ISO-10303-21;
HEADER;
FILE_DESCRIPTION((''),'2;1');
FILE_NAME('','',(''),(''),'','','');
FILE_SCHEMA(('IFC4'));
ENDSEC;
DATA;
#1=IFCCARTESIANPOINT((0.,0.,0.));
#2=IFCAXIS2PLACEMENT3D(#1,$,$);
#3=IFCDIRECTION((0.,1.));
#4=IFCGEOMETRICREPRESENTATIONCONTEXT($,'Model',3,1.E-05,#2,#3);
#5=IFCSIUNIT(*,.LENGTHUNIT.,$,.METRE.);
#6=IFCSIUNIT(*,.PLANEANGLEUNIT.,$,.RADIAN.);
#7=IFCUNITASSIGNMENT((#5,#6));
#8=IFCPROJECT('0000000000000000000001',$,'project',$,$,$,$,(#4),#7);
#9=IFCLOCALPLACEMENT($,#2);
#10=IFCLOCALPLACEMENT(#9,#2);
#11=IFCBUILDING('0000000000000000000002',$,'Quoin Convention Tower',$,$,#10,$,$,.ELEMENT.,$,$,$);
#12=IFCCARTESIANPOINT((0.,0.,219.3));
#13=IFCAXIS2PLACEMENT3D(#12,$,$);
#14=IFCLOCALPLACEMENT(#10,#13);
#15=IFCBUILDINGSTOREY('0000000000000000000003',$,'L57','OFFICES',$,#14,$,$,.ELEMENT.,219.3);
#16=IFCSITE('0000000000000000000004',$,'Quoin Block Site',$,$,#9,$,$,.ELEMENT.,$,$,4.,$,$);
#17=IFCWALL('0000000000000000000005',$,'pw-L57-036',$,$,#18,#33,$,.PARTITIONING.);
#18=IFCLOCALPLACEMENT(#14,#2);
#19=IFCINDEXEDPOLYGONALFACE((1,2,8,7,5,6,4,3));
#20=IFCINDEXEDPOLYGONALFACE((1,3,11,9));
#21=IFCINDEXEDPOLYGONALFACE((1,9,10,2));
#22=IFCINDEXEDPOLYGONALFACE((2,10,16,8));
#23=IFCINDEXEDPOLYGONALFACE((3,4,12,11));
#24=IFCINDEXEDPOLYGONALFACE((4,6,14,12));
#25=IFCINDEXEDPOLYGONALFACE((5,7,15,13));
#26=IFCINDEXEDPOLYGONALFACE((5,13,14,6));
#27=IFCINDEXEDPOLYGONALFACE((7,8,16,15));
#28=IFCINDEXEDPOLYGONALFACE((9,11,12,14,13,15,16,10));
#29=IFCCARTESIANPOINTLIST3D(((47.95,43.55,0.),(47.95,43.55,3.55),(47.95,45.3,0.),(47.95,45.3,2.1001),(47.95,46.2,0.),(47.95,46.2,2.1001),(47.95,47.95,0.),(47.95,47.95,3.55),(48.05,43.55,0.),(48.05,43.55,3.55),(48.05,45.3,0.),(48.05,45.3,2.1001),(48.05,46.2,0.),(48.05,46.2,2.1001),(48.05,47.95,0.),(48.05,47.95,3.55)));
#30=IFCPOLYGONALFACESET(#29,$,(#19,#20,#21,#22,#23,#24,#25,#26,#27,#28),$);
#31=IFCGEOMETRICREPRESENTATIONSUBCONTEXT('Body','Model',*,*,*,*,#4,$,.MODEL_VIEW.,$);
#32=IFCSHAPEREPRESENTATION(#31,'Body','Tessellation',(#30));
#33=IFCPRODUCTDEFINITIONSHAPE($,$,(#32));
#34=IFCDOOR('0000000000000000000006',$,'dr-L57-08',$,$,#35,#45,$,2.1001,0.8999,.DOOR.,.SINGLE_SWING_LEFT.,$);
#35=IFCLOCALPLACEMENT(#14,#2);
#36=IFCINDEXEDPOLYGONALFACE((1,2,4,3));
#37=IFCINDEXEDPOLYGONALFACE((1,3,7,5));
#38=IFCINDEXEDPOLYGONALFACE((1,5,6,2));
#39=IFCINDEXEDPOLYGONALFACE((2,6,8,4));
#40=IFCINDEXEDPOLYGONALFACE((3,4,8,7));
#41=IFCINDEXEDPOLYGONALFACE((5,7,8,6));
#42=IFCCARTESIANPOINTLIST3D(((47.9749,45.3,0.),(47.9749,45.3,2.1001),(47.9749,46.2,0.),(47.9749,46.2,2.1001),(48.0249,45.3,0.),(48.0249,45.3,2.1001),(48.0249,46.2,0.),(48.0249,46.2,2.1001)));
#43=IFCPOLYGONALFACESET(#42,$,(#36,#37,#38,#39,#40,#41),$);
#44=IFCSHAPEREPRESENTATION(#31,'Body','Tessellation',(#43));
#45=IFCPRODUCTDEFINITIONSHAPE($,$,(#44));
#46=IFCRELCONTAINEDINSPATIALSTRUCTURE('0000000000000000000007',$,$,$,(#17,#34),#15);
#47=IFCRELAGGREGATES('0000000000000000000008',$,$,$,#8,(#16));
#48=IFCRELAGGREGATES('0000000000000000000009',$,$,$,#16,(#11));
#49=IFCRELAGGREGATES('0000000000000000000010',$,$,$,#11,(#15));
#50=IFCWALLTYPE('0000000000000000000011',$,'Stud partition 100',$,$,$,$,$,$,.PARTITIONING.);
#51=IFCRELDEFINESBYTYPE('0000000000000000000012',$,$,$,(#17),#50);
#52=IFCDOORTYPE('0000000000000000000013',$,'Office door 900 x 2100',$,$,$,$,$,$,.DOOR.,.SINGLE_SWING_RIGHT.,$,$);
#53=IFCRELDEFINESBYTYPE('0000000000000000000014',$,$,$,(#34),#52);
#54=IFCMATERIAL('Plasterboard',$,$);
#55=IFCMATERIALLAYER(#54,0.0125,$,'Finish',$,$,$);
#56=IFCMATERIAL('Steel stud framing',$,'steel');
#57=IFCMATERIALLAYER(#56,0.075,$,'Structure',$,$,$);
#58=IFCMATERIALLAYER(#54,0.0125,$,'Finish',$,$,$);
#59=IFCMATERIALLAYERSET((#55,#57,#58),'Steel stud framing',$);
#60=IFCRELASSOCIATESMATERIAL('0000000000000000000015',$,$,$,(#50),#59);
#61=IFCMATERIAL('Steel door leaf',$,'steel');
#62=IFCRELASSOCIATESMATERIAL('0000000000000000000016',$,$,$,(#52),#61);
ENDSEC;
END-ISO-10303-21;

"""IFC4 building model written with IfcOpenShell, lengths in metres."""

from ifc_helpers import new_model, si_unit, direction, frame, frame_2d, origin, place, context, subcontext, project, spatial, rectangle, extrude, material, layer, layer_set, type_object, element, fill, save


model = new_model("IFC4")

# Units and contexts
model_context = context("Model", 3, precision=1e-05, world=origin(), true_north=direction((0.0, 1.0)))
body_context = subcontext(model_context, "Body", "Model", "MODEL_VIEW")
ifc_project = project(units=[si_unit("LENGTHUNIT", "METRE"), si_unit("PLANEANGLEUNIT", "RADIAN")], contexts=[model_context])

# Site, building, storey
site_placement = place(None, origin())
site = spatial("IfcSite", under=ifc_project, at=site_placement, Name="Quoin Block Site", CompositionType="ELEMENT", RefElevation=4.0)
building_placement = place(site_placement, origin())
building = spatial("IfcBuilding", under=site, at=building_placement, Name="Quoin Convention Tower", CompositionType="ELEMENT")
storey_placement = place(building_placement, frame((0.0, 0.0, 219.3)))
storey = spatial("IfcBuildingStorey", under=building, at=storey_placement, Name="L57", Description="OFFICES", CompositionType="ELEMENT", Elevation=219.3)

# Shared definitions
ifc_material_1 = material(Name="Plasterboard")
ifc_material_2 = material(Name="Steel stud framing", Category="steel")
ifc_material_3 = material(Name="Steel door leaf", Category="steel")

# Shared definitions
ifc_layer_1 = layer(ifc_material_1, 0.0125, Name="Finish")
ifc_layer_2 = layer(ifc_material_2, 0.075, Name="Structure")
ifc_layer_3 = layer(ifc_material_1, 0.0125, Name="Finish")
ifc_layer_set_1 = layer_set([ifc_layer_1, ifc_layer_2, ifc_layer_3], Name="Steel stud framing")
wall_type_1 = type_object("IfcWallType", Name="Stud partition 100", PredefinedType="PARTITIONING", material=ifc_layer_set_1)

# Wall, opening, door
wall_1_placement = place(storey_placement, frame((48.0, 43.55, 0.0), z_axis=(0.0, 0.0, 1.0), x_axis=(0.0, 1.0, 0.0)))
wall_1 = element("IfcWall", 1, at=wall_1_placement, inside=storey, type_object=wall_type_1, Name="pw-L57-036", PredefinedType="PARTITIONING", context=body_context, shape_type="SweptSolid", body=[
    extrude(rectangle(XDim=4.3999, YDim=0.1001, at=frame_2d((2.2, 0.0))), origin(), (0.0, 0.0, 1.0), 3.55),
])
opening_1_placement = place(wall_1_placement, frame((1.75, 0.0, 0.0)))
opening_1 = element("IfcOpeningElement", 2, at=opening_1_placement, cuts=wall_1, PredefinedType="OPENING", context=body_context, shape_type="SweptSolid", body=[
    extrude(rectangle(XDim=0.8999, YDim=2.1001, at=frame_2d((0.45, 1.05))), frame((0.0, 0.0601, 0.0), z_axis=(0.0, -1.0, 0.0), x_axis=(1.0, 0.0, 0.0)), (0.0, 0.0, 1.0), 0.1201),
])
door_type_1 = type_object("IfcDoorType", Name="Office door 900 x 2100", OperationType="SINGLE_SWING_RIGHT", PredefinedType="DOOR", material=ifc_material_3)
door_1_placement = place(opening_1_placement, frame((0.8999, 0.0, 0.0), z_axis=(0.0, 0.0, 1.0), x_axis=(-1.0, 0.0, 0.0)))
door_1 = element("IfcDoor", 3, at=door_1_placement, inside=storey, type_object=door_type_1, Name="dr-L57-08", OperationType="SINGLE_SWING_LEFT", OverallHeight=2.1001, OverallWidth=0.8999, PredefinedType="DOOR", context=body_context, shape_type="SweptSolid", body=[
    extrude(rectangle(XDim=0.8999, YDim=2.1001, at=frame_2d((0.45, 1.05))), frame((0.0, 0.0249, 0.0), z_axis=(0.0, -1.0, 0.0), x_axis=(1.0, 0.0, 0.0)), (0.0, 0.0, 1.0), 0.05),
])
fill(opening_1, door_1)

save(model, "model.ifc")
